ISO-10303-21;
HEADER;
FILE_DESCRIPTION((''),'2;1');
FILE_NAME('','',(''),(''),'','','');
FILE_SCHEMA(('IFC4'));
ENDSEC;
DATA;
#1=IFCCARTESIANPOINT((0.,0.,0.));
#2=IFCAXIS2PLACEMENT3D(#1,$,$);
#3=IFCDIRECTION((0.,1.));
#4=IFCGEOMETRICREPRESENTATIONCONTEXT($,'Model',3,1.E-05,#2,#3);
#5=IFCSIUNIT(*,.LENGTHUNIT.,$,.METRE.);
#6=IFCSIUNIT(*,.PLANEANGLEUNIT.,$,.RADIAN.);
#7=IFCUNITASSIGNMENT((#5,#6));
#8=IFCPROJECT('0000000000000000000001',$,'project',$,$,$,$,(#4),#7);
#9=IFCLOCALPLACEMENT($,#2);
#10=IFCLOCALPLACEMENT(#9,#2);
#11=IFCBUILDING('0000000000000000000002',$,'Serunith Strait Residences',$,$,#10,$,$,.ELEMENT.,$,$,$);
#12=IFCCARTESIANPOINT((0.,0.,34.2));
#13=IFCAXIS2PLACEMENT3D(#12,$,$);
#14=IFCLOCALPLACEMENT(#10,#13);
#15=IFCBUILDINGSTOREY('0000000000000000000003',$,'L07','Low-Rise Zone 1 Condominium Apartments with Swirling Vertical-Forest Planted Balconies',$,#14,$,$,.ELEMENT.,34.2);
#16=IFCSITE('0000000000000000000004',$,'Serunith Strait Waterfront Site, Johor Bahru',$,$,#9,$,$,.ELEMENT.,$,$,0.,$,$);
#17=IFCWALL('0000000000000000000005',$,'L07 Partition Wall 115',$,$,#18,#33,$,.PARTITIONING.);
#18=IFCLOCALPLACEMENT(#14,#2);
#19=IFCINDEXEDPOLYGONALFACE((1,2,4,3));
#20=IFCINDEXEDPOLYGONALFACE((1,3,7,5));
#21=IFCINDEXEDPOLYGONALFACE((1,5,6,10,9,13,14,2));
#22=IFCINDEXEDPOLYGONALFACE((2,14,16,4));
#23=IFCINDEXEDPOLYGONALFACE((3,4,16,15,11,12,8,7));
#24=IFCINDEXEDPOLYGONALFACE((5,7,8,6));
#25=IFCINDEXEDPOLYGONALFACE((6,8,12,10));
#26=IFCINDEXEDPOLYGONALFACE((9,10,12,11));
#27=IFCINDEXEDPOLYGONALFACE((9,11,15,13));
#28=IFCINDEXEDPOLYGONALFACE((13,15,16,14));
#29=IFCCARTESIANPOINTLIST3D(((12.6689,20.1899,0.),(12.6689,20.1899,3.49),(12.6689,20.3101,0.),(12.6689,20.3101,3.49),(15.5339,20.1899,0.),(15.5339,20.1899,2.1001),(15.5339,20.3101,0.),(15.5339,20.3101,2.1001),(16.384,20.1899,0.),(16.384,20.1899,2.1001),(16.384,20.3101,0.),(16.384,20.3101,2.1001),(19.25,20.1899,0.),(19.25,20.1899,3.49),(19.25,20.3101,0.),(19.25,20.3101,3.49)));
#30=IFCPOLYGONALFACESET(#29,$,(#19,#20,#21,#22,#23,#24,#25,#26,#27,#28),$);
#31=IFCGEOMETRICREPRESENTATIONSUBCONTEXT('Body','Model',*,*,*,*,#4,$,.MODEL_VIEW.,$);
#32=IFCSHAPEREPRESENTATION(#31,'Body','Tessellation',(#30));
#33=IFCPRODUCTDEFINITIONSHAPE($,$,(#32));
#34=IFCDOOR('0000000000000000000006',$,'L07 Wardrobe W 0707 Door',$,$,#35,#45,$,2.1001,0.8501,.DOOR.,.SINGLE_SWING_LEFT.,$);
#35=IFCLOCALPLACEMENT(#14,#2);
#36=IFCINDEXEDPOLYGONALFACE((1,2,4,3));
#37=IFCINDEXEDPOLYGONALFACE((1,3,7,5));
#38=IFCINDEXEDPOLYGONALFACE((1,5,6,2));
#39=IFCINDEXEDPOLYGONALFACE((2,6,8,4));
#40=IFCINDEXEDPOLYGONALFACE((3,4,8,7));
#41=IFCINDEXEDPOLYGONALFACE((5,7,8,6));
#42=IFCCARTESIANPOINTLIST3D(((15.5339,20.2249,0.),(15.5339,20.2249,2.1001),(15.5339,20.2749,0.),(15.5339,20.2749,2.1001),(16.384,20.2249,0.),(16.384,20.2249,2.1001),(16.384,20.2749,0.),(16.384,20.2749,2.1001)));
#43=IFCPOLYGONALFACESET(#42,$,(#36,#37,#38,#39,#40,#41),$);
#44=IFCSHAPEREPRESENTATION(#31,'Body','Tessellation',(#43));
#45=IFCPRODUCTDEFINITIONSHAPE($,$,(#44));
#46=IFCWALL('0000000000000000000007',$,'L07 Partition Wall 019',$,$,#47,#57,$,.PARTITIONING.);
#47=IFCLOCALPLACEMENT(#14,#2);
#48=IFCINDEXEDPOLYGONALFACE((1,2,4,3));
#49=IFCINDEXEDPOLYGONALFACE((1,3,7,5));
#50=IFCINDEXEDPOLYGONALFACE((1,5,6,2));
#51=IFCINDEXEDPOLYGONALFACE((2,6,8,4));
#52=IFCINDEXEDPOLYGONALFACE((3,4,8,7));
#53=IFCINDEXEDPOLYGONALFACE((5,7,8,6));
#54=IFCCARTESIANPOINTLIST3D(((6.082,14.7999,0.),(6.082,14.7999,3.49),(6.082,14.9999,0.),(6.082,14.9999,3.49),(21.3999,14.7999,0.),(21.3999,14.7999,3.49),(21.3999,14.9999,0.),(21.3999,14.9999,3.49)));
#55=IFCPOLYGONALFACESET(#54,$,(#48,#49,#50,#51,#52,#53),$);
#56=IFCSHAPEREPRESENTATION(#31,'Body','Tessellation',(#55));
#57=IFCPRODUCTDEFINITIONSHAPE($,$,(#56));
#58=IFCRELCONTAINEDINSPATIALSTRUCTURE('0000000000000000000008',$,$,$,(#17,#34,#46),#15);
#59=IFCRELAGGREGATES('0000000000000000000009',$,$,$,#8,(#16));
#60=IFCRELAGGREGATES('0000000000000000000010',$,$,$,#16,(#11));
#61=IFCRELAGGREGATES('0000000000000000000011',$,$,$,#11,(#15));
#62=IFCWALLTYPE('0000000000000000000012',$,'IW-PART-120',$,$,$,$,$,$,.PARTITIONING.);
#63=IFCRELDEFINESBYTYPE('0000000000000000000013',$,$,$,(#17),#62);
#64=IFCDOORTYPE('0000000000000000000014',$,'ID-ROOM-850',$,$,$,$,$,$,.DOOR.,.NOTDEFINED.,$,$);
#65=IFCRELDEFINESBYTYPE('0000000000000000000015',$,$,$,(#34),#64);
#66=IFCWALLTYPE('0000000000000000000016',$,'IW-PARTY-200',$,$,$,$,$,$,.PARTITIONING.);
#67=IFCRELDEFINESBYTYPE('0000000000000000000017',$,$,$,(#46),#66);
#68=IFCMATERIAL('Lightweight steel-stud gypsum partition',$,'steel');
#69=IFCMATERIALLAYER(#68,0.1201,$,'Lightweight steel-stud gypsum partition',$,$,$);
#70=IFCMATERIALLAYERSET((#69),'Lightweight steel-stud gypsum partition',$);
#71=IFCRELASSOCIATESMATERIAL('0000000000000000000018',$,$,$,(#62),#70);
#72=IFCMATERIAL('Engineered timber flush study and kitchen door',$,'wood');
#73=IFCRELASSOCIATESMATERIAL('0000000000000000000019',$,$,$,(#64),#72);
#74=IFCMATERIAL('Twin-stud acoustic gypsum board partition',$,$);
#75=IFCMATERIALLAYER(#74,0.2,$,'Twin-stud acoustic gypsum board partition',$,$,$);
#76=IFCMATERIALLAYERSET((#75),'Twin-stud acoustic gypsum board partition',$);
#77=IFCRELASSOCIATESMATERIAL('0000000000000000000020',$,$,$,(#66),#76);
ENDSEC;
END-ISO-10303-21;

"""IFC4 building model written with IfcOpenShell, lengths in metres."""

from ifc_helpers import new_model, si_unit, direction, frame, frame_2d, origin, place, context, subcontext, project, spatial, rectangle, extrude, source, transform, mapped, material, layer, layer_set, type_object, element, fill, save


model = new_model("IFC4")

# Units and contexts
model_context = context("Model", 3, precision=1e-05, world=origin(), true_north=direction((0.0, 1.0)))
body_context = subcontext(model_context, "Body", "Model", "MODEL_VIEW")
ifc_project = project(units=[si_unit("LENGTHUNIT", "METRE"), si_unit("PLANEANGLEUNIT", "RADIAN")], contexts=[model_context])

# Site, building, storey
site_placement = place(None, origin())
site = spatial("IfcSite", under=ifc_project, at=site_placement, Name="Serunith Strait Waterfront Site, Johor Bahru", CompositionType="ELEMENT", RefElevation=0.0)
building_placement = place(site_placement, origin())
building = spatial("IfcBuilding", under=site, at=building_placement, Name="Serunith Strait Residences", CompositionType="ELEMENT")
storey_placement = place(building_placement, frame((0.0, 0.0, 34.2)))
storey = spatial("IfcBuildingStorey", under=building, at=storey_placement, Name="L07", Description="Low-Rise Zone 1 Condominium Apartments with Swirling Vertical-Forest Planted Balconies", CompositionType="ELEMENT", Elevation=34.2)

# Shared definitions
ifc_material_1 = material(Name="Lightweight steel-stud gypsum partition", Category="steel")
ifc_layer_1 = layer(ifc_material_1, 0.1201, Name="Lightweight steel-stud gypsum partition")
ifc_layer_set_1 = layer_set([ifc_layer_1], Name="Lightweight steel-stud gypsum partition")
wall_type_1 = type_object("IfcWallType", Name="IW-PART-120", PredefinedType="PARTITIONING", material=ifc_layer_set_1)
shared_shape_1 = source(origin(), body_context, "Body", "SweptSolid", [
    extrude(rectangle(XDim=0.8501, YDim=2.1001, at=frame_2d((0.425, 1.05))), frame((0.0, 0.0249, 0.0), z_axis=(0.0, -1.0, 0.0), x_axis=(1.0, 0.0, 0.0)), (0.0, 0.0, 1.0), 0.05),
])

# Shared definitions
ifc_material_2 = material(Name="Engineered timber flush study and kitchen door", Category="wood")
door_type_1 = type_object("IfcDoorType", Name="ID-ROOM-850", OperationType="NOTDEFINED", PredefinedType="DOOR", material=ifc_material_2)

# Wall, opening, door
wall_1_placement = place(storey_placement, frame((12.6689, 20.25, 0.0), z_axis=(0.0, 0.0, 1.0), x_axis=(1.0, 0.0, 0.0)))
wall_1 = element("IfcWall", 1, at=wall_1_placement, inside=storey, type_object=wall_type_1, Name="L07 Partition Wall 115", PredefinedType="PARTITIONING", context=body_context, shape_type="SweptSolid", body=[
    extrude(rectangle(XDim=6.5811, YDim=0.1201, at=frame_2d((3.2905, 0.0))), origin(), (0.0, 0.0, 1.0), 3.49),
])
opening_1_placement = place(wall_1_placement, frame((2.865, 0.0, 0.0)))
opening_1 = element("IfcOpeningElement", 2, at=opening_1_placement, cuts=wall_1, PredefinedType="OPENING", context=body_context, shape_type="SweptSolid", body=[
    extrude(rectangle(XDim=0.8501, YDim=2.1001, at=frame_2d((0.425, 1.05))), frame((0.0, 0.0701, 0.0), z_axis=(0.0, -1.0, 0.0), x_axis=(1.0, 0.0, 0.0)), (0.0, 0.0, 1.0), 0.1401),
])
door_1_placement = place(opening_1_placement, origin())
door_1 = element("IfcDoor", 3, at=door_1_placement, inside=storey, type_object=door_type_1, Name="L07 Wardrobe W 0707 Door", OperationType="SINGLE_SWING_LEFT", OverallHeight=2.1001, OverallWidth=0.8501, PredefinedType="DOOR", context=body_context, shape_type="MappedRepresentation", body=[
    mapped(shared_shape_1, transform((0.0, 0.0, 0.0), scale=1.0)),
])
fill(opening_1, door_1)

# Wall
ifc_material_3 = material(Name="Twin-stud acoustic gypsum board partition")
ifc_layer_2 = layer(ifc_material_3, 0.2, Name="Twin-stud acoustic gypsum board partition")
ifc_layer_set_2 = layer_set([ifc_layer_2], Name="Twin-stud acoustic gypsum board partition")
wall_type_2 = type_object("IfcWallType", Name="IW-PARTY-200", PredefinedType="PARTITIONING", material=ifc_layer_set_2)
wall_2_placement = place(storey_placement, frame((6.082, 14.8999, 0.0), z_axis=(0.0, 0.0, 1.0), x_axis=(1.0, 0.0, 0.0)))
element("IfcWall", 4, at=wall_2_placement, inside=storey, type_object=wall_type_2, Name="L07 Partition Wall 019", PredefinedType="PARTITIONING", context=body_context, shape_type="SweptSolid", body=[
    extrude(rectangle(XDim=15.3179, YDim=0.2, at=frame_2d((7.6589, 0.0))), origin(), (0.0, 0.0, 1.0), 3.49),
])

save(model, "model.ifc")
